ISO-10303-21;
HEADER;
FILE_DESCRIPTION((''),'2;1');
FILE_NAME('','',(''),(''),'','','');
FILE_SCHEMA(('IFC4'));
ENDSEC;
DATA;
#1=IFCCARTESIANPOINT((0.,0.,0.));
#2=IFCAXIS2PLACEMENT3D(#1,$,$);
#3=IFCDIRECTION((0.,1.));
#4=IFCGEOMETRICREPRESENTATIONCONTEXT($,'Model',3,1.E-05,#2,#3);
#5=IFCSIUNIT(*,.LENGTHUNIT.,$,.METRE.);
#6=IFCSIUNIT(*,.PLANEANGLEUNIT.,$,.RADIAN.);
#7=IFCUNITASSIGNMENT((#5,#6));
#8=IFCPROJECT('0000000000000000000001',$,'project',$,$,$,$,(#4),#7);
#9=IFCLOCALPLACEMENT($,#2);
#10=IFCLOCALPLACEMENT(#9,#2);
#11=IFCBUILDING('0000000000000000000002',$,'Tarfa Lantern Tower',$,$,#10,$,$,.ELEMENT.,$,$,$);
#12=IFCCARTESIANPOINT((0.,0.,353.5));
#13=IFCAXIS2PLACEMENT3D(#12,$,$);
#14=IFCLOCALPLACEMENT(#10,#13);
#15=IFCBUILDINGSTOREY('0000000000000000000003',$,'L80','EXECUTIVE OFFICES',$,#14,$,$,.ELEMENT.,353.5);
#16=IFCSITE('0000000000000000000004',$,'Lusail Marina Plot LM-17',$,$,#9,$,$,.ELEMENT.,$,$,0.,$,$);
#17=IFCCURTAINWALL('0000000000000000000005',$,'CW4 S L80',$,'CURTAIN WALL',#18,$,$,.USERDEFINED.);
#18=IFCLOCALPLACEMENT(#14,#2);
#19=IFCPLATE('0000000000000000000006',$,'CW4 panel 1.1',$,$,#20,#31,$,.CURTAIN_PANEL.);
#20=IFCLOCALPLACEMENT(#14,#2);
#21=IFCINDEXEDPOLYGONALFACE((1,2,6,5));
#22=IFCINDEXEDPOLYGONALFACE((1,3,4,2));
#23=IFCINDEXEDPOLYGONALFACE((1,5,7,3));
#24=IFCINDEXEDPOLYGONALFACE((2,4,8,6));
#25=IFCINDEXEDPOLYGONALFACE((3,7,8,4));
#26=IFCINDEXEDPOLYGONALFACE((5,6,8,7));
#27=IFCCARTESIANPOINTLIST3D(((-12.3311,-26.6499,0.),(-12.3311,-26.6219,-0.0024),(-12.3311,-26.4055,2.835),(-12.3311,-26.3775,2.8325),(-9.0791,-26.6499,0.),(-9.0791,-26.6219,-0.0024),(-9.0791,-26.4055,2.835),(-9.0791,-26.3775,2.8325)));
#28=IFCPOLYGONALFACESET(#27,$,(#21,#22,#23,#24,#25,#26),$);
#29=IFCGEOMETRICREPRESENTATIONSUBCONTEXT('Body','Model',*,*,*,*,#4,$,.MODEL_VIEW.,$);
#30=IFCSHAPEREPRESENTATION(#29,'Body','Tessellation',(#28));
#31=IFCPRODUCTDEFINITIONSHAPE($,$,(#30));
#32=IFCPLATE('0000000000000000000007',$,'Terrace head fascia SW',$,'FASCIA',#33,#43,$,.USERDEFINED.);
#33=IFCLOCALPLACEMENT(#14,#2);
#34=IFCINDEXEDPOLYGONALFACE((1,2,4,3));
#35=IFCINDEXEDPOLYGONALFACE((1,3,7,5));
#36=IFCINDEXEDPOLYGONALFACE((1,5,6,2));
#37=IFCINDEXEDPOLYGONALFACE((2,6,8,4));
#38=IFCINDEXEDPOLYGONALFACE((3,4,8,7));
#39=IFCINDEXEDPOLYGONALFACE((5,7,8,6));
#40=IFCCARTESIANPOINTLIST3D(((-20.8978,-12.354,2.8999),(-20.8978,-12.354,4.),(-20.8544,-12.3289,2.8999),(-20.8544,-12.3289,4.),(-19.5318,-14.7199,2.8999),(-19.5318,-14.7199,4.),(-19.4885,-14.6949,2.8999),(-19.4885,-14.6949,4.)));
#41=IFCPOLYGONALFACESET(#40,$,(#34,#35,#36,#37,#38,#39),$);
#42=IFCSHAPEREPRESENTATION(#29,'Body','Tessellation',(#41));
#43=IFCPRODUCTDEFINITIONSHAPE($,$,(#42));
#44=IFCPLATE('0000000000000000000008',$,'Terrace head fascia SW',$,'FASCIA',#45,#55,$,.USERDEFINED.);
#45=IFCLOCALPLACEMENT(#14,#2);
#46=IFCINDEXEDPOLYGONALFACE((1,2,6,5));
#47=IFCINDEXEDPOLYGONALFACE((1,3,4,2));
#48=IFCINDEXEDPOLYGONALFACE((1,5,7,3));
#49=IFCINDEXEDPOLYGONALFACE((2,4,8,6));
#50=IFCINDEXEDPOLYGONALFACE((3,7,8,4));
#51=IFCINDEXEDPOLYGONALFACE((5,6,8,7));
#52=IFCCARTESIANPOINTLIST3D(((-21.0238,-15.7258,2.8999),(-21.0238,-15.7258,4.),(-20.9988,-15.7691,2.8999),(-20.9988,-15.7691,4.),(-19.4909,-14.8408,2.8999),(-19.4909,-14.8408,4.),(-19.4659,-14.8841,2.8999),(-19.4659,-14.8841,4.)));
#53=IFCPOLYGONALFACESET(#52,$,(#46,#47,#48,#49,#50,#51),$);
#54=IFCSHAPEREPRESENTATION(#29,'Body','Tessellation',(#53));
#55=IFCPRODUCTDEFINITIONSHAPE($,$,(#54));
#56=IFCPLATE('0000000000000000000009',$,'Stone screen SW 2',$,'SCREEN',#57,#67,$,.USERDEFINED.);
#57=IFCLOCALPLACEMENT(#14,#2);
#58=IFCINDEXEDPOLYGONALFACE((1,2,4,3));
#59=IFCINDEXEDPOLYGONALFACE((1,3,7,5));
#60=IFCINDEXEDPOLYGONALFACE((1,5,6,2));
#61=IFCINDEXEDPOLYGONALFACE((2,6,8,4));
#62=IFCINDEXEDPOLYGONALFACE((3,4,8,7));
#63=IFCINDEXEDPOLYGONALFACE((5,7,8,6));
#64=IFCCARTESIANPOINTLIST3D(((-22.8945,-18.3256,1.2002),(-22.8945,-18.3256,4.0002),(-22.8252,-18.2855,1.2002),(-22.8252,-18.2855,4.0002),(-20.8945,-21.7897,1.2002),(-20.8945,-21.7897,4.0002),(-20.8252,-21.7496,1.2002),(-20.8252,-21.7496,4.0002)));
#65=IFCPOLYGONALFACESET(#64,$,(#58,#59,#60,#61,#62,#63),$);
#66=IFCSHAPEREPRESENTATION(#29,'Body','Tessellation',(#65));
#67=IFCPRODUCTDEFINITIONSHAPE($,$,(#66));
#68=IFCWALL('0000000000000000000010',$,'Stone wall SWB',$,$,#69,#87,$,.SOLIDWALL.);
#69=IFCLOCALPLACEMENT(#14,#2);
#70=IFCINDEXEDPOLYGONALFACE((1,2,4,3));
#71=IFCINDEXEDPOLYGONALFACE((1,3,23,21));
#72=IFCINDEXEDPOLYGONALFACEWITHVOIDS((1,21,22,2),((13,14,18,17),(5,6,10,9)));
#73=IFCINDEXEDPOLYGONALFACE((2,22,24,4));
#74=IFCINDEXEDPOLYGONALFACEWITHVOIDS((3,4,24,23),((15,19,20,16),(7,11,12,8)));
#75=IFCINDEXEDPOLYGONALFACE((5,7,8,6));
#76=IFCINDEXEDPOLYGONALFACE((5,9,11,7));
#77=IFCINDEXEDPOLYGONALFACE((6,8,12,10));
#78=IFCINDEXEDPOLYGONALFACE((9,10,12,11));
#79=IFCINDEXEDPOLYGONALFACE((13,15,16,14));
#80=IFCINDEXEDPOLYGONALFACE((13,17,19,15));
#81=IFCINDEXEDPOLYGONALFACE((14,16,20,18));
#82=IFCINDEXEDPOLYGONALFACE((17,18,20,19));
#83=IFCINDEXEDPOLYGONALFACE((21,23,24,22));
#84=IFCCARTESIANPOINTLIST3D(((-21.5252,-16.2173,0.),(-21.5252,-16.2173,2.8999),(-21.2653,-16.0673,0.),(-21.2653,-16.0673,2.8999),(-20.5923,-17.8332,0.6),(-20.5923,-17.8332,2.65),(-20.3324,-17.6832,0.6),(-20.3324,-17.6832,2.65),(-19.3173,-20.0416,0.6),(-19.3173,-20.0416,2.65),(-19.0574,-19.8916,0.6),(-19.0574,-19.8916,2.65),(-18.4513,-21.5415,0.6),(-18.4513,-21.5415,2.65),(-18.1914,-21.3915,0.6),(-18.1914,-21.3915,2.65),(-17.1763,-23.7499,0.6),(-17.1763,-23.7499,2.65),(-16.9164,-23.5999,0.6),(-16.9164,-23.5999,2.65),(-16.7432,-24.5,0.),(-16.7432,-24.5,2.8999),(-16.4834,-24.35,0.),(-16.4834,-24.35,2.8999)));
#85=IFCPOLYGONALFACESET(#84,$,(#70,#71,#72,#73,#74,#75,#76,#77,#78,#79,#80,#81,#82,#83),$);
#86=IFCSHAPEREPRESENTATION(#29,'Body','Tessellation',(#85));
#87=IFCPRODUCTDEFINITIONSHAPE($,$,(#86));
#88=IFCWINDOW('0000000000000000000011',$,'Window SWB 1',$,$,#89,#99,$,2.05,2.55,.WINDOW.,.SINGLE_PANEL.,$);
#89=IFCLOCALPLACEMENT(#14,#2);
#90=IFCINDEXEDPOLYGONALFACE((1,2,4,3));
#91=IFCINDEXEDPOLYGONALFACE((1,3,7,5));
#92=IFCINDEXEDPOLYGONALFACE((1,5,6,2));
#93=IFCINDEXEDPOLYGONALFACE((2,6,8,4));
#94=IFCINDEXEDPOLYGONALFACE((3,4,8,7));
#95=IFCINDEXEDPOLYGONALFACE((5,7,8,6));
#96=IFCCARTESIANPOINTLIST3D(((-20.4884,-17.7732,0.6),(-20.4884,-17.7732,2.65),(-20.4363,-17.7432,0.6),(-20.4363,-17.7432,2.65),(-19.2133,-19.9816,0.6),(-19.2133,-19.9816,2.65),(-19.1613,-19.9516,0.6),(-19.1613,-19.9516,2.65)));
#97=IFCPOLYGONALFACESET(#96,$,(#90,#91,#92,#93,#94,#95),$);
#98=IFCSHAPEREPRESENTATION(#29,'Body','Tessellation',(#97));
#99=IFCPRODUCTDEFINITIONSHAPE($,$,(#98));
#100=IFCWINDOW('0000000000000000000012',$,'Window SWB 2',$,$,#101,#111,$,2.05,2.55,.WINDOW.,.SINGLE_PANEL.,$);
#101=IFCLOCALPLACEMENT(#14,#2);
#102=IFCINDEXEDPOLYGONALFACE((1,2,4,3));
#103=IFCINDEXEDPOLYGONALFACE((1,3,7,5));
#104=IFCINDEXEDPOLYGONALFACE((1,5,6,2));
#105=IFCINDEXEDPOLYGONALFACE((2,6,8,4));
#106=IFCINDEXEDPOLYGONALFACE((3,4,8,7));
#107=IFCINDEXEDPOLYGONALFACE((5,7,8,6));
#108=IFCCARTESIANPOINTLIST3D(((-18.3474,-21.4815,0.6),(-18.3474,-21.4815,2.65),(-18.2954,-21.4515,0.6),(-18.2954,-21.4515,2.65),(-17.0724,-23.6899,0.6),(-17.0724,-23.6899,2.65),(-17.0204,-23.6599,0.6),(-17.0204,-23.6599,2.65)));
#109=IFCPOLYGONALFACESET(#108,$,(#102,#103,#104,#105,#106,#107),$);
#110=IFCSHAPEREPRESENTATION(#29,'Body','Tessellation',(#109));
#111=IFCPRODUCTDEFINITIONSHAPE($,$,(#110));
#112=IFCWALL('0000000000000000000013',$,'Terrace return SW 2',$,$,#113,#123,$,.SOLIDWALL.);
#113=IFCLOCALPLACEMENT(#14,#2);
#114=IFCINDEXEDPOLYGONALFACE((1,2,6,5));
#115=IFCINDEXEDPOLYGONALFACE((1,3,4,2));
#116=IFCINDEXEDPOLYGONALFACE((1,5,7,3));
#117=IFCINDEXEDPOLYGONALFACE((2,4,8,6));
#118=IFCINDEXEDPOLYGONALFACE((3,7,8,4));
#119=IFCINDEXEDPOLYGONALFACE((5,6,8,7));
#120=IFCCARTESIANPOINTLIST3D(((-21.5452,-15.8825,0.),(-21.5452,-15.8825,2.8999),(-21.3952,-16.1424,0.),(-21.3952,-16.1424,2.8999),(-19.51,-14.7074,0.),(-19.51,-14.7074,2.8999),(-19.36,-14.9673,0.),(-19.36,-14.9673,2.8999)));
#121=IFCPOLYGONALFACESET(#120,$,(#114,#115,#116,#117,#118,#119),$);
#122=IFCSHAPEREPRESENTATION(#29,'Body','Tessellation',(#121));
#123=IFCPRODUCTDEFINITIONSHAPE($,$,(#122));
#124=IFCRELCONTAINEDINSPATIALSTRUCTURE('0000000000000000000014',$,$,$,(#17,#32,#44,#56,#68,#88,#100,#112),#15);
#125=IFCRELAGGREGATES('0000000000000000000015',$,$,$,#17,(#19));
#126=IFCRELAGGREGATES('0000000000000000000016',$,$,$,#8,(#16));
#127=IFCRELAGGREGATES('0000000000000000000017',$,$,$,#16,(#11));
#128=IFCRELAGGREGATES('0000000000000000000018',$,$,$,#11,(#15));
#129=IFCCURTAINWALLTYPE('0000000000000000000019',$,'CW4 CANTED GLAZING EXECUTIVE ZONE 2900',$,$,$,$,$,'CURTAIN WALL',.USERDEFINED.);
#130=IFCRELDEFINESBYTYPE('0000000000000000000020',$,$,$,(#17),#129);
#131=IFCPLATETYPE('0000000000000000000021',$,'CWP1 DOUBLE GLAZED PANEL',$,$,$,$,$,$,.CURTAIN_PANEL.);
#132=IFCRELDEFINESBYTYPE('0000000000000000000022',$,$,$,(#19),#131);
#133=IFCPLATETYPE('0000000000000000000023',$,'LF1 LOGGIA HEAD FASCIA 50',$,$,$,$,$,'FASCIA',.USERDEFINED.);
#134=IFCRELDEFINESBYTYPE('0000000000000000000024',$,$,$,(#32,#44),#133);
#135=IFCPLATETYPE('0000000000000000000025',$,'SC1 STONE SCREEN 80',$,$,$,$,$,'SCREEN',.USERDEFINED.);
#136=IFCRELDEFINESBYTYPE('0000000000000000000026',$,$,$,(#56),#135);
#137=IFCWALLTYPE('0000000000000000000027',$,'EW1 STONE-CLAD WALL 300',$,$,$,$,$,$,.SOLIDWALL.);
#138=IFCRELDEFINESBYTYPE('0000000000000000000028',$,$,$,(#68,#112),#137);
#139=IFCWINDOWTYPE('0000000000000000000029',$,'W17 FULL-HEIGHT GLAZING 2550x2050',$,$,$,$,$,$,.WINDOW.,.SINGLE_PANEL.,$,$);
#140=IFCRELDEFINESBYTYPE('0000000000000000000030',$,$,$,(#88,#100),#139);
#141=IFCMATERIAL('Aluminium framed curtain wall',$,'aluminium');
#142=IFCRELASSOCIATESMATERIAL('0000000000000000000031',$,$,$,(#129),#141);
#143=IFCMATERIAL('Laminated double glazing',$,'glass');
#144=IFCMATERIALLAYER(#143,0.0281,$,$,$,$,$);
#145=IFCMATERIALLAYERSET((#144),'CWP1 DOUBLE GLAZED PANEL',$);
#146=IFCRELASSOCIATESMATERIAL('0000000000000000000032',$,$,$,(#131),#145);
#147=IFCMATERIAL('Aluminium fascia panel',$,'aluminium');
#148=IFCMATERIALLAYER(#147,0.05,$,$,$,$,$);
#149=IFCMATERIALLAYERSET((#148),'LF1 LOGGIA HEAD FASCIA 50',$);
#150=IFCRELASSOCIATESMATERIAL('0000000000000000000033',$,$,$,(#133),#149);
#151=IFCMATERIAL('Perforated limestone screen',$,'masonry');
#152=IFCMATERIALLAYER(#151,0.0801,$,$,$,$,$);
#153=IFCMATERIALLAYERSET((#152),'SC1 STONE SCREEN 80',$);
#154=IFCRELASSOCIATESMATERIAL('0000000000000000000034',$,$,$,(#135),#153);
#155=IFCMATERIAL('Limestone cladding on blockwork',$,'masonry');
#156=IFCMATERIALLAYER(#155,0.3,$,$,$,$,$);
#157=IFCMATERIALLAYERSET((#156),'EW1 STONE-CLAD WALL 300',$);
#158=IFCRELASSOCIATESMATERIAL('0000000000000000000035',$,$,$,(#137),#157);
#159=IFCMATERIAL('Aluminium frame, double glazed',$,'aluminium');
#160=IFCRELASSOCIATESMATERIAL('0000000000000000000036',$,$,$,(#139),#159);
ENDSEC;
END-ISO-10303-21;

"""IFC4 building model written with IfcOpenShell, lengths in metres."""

from ifc_helpers import new_model, si_unit, direction, frame, frame_2d, origin, origin_2d, place, context, subcontext, project, spatial, polyline, rectangle, outline, extrude, material, layer, layer_set, type_object, element, fill, aggregate, save


model = new_model("IFC4")

# Units and contexts
model_context = context("Model", 3, precision=1e-05, world=origin(), true_north=direction((0.0, 1.0)))
body_context = subcontext(model_context, "Body", "Model", "MODEL_VIEW")
ifc_project = project(units=[si_unit("LENGTHUNIT", "METRE"), si_unit("PLANEANGLEUNIT", "RADIAN")], contexts=[model_context])

# Site, building, storey
site_placement = place(None, origin())
site = spatial("IfcSite", under=ifc_project, at=site_placement, Name="Lusail Marina Plot LM-17", CompositionType="ELEMENT", RefElevation=0.0)
building_placement = place(site_placement, origin())
building = spatial("IfcBuilding", under=site, at=building_placement, Name="Tarfa Lantern Tower", CompositionType="ELEMENT")
storey_placement = place(building_placement, frame((0.0, 0.0, 353.5)))
storey = spatial("IfcBuildingStorey", under=building, at=storey_placement, Name="L80", Description="EXECUTIVE OFFICES", CompositionType="ELEMENT", Elevation=353.5)

# Curtain wall
ifc_material_1 = material(Name="Aluminium framed curtain wall", Category="aluminium")
curtain_wall_type = type_object("IfcCurtainWallType", Name="CW4 CANTED GLAZING EXECUTIVE ZONE 2900", ElementType="CURTAIN WALL", PredefinedType="USERDEFINED", material=ifc_material_1)
curtain_wall_placement = place(storey_placement, origin())
curtain_wall = element("IfcCurtainWall", 1, at=curtain_wall_placement, inside=storey, type_object=curtain_wall_type, Name="CW4 S L80", ObjectType="CURTAIN WALL", PredefinedType="USERDEFINED")

# Plate
ifc_material_2 = material(Name="Laminated double glazing", Category="glass")
ifc_layer_1 = layer(ifc_material_2, 0.0281)
ifc_layer_set_1 = layer_set([ifc_layer_1], Name="CWP1 DOUBLE GLAZED PANEL")
plate_type_1 = type_object("IfcPlateType", Name="CWP1 DOUBLE GLAZED PANEL", PredefinedType="CURTAIN_PANEL", material=ifc_layer_set_1)
plate_1_placement = place(storey_placement, frame((-12.3311, -26.6499, 0.0), z_axis=(0.0, -0.996305, 0.085885), x_axis=(1.0, 0.0, 0.0)))
plate_1 = element("IfcPlate", 2, at=plate_1_placement, type_object=plate_type_1, Name="CW4 panel 1.1", PredefinedType="CURTAIN_PANEL", context=body_context, shape_type="SweptSolid", body=[
    extrude(outline(polyline([(0.0, 0.0), (3.252, 0.0), (3.252, 2.8455), (0.0, 2.8455), (0.0, 0.0)])), origin(), (0.0, 0.0, -1.0), 0.0281),
])
aggregate(curtain_wall, [plate_1])

# Plates
ifc_material_3 = material(Name="Aluminium fascia panel", Category="aluminium")
ifc_layer_2 = layer(ifc_material_3, 0.05)
ifc_layer_set_2 = layer_set([ifc_layer_2], Name="LF1 LOGGIA HEAD FASCIA 50")
plate_type_2 = type_object("IfcPlateType", Name="LF1 LOGGIA HEAD FASCIA 50", ElementType="FASCIA", PredefinedType="USERDEFINED", material=ifc_layer_set_2)
plate_2_placement = place(storey_placement, frame((-20.1931, -13.5244, 2.8999), z_axis=(0.0, 0.0, 1.0), x_axis=(0.5, -0.866025, 0.0)))
element("IfcPlate", 3, at=plate_2_placement, inside=storey, type_object=plate_type_2, Name="Terrace head fascia SW", ObjectType="FASCIA", PredefinedType="USERDEFINED", context=body_context, shape_type="SweptSolid", body=[
    extrude(rectangle(XDim=2.7319, YDim=0.05, at=origin_2d()), origin(), (0.0, 0.0, 1.0), 1.1001),
])
plate_3_placement = place(storey_placement, frame((-20.2449, -15.3049, 2.8999), z_axis=(0.0, 0.0, 1.0), x_axis=(0.866025, 0.5, 0.0)))
element("IfcPlate", 4, at=plate_3_placement, inside=storey, type_object=plate_type_2, Name="Terrace head fascia SW", ObjectType="FASCIA", PredefinedType="USERDEFINED", context=body_context, shape_type="SweptSolid", body=[
    extrude(rectangle(XDim=1.77, YDim=0.05, at=origin_2d()), origin(), (0.0, 0.0, 1.0), 1.1001),
])
ifc_material_4 = material(Name="Perforated limestone screen", Category="masonry")
ifc_layer_3 = layer(ifc_material_4, 0.0801)
ifc_layer_set_3 = layer_set([ifc_layer_3], Name="SC1 STONE SCREEN 80")
plate_type_3 = type_object("IfcPlateType", Name="SC1 STONE SCREEN 80", ElementType="SCREEN", PredefinedType="USERDEFINED", material=ifc_layer_set_3)
plate_4_placement = place(storey_placement, frame((-21.8599, -20.0376, 1.2002), z_axis=(0.0, 0.0, 1.0), x_axis=(0.5, -0.866025, 0.0)))
element("IfcPlate", 5, at=plate_4_placement, inside=storey, type_object=plate_type_3, Name="Stone screen SW 2", ObjectType="SCREEN", PredefinedType="USERDEFINED", context=body_context, shape_type="SweptSolid", body=[
    extrude(rectangle(XDim=4.0, YDim=0.0801, at=origin_2d()), origin(), (0.0, 0.0, 1.0), 2.8),
])

# Wall, openings, windows
ifc_material_5 = material(Name="Limestone cladding on blockwork", Category="masonry")
ifc_layer_4 = layer(ifc_material_5, 0.3)
ifc_layer_set_4 = layer_set([ifc_layer_4], Name="EW1 STONE-CLAD WALL 300")
wall_type = type_object("IfcWallType", Name="EW1 STONE-CLAD WALL 300", PredefinedType="SOLIDWALL", material=ifc_layer_set_4)
wall_1_placement = place(storey_placement, frame((-21.3953, -16.1423, 0.0), z_axis=(0.0, 0.0, 1.0), x_axis=(0.499996, -0.866027, 0.0)))
wall_1 = element("IfcWall", 6, at=wall_1_placement, inside=storey, type_object=wall_type, Name="Stone wall SWB", PredefinedType="SOLIDWALL", context=body_context, shape_type="SweptSolid", body=[
    extrude(rectangle(XDim=9.564, YDim=0.3, at=frame_2d((4.782, 0.0))), origin(), (0.0, 0.0, 1.0), 2.8999),
])
opening_1_placement = place(wall_1_placement, frame((1.866, 0.0, 0.6001)))
opening_1 = element("IfcOpeningElement", 7, at=opening_1_placement, cuts=wall_1, PredefinedType="OPENING", context=body_context, shape_type="SweptSolid", body=[
    extrude(rectangle(XDim=2.55, YDim=2.05, at=frame_2d((1.2749, 1.0249))), frame((0.0, 0.1599, 0.0), z_axis=(0.0, -1.0, 0.0), x_axis=(1.0, 0.0, 0.0)), (0.0, 0.0, 1.0), 0.3201),
])
opening_2_placement = place(wall_1_placement, frame((6.1479, 0.0, 0.6001)))
opening_2 = element("IfcOpeningElement", 8, at=opening_2_placement, cuts=wall_1, PredefinedType="OPENING", context=body_context, shape_type="SweptSolid", body=[
    extrude(rectangle(XDim=2.55, YDim=2.05, at=frame_2d((1.2749, 1.0249))), frame((0.0, 0.1599, 0.0), z_axis=(0.0, -1.0, 0.0), x_axis=(1.0, 0.0, 0.0)), (0.0, 0.0, 1.0), 0.3201),
])
ifc_material_6 = material(Name="Aluminium frame, double glazed", Category="aluminium")
window_type = type_object("IfcWindowType", Name="W17 FULL-HEIGHT GLAZING 2550x2050", PartitioningType="SINGLE_PANEL", PredefinedType="WINDOW", material=ifc_material_6)
window_1_placement = place(opening_1_placement, origin())
window_1 = element("IfcWindow", 9, at=window_1_placement, inside=storey, type_object=window_type, Name="Window SWB 1", OverallHeight=2.05, OverallWidth=2.55, PartitioningType="SINGLE_PANEL", PredefinedType="WINDOW", context=body_context, shape_type="SweptSolid", body=[
    extrude(rectangle(XDim=2.55, YDim=2.05, at=frame_2d((1.2749, 1.0249))), frame((0.0, 0.03, 0.0), z_axis=(0.0, -1.0, 0.0), x_axis=(1.0, 0.0, 0.0)), (0.0, 0.0, 1.0), 0.0601),
])
fill(opening_1, window_1)
window_2_placement = place(opening_2_placement, origin())
window_2 = element("IfcWindow", 10, at=window_2_placement, inside=storey, type_object=window_type, Name="Window SWB 2", OverallHeight=2.05, OverallWidth=2.55, PartitioningType="SINGLE_PANEL", PredefinedType="WINDOW", context=body_context, shape_type="SweptSolid", body=[
    extrude(rectangle(XDim=2.55, YDim=2.05, at=frame_2d((1.2749, 1.0249))), frame((0.0, 0.03, 0.0), z_axis=(0.0, -1.0, 0.0), x_axis=(1.0, 0.0, 0.0)), (0.0, 0.0, 1.0), 0.0601),
])
fill(opening_2, window_2)

# Wall
wall_2_placement = place(storey_placement, frame((-21.4702, -16.0125, 0.0), z_axis=(0.0, 0.0, 1.0), x_axis=(0.866016, 0.500016, 0.0)))
element("IfcWall", 11, at=wall_2_placement, inside=storey, type_object=wall_type, Name="Terrace return SW 2", PredefinedType="SOLIDWALL", context=body_context, shape_type="SweptSolid", body=[
    extrude(rectangle(XDim=2.3501, YDim=0.3, at=frame_2d((1.175, 0.0))), origin(), (0.0, 0.0, 1.0), 2.8999),
])

save(model, "model.ifc")
